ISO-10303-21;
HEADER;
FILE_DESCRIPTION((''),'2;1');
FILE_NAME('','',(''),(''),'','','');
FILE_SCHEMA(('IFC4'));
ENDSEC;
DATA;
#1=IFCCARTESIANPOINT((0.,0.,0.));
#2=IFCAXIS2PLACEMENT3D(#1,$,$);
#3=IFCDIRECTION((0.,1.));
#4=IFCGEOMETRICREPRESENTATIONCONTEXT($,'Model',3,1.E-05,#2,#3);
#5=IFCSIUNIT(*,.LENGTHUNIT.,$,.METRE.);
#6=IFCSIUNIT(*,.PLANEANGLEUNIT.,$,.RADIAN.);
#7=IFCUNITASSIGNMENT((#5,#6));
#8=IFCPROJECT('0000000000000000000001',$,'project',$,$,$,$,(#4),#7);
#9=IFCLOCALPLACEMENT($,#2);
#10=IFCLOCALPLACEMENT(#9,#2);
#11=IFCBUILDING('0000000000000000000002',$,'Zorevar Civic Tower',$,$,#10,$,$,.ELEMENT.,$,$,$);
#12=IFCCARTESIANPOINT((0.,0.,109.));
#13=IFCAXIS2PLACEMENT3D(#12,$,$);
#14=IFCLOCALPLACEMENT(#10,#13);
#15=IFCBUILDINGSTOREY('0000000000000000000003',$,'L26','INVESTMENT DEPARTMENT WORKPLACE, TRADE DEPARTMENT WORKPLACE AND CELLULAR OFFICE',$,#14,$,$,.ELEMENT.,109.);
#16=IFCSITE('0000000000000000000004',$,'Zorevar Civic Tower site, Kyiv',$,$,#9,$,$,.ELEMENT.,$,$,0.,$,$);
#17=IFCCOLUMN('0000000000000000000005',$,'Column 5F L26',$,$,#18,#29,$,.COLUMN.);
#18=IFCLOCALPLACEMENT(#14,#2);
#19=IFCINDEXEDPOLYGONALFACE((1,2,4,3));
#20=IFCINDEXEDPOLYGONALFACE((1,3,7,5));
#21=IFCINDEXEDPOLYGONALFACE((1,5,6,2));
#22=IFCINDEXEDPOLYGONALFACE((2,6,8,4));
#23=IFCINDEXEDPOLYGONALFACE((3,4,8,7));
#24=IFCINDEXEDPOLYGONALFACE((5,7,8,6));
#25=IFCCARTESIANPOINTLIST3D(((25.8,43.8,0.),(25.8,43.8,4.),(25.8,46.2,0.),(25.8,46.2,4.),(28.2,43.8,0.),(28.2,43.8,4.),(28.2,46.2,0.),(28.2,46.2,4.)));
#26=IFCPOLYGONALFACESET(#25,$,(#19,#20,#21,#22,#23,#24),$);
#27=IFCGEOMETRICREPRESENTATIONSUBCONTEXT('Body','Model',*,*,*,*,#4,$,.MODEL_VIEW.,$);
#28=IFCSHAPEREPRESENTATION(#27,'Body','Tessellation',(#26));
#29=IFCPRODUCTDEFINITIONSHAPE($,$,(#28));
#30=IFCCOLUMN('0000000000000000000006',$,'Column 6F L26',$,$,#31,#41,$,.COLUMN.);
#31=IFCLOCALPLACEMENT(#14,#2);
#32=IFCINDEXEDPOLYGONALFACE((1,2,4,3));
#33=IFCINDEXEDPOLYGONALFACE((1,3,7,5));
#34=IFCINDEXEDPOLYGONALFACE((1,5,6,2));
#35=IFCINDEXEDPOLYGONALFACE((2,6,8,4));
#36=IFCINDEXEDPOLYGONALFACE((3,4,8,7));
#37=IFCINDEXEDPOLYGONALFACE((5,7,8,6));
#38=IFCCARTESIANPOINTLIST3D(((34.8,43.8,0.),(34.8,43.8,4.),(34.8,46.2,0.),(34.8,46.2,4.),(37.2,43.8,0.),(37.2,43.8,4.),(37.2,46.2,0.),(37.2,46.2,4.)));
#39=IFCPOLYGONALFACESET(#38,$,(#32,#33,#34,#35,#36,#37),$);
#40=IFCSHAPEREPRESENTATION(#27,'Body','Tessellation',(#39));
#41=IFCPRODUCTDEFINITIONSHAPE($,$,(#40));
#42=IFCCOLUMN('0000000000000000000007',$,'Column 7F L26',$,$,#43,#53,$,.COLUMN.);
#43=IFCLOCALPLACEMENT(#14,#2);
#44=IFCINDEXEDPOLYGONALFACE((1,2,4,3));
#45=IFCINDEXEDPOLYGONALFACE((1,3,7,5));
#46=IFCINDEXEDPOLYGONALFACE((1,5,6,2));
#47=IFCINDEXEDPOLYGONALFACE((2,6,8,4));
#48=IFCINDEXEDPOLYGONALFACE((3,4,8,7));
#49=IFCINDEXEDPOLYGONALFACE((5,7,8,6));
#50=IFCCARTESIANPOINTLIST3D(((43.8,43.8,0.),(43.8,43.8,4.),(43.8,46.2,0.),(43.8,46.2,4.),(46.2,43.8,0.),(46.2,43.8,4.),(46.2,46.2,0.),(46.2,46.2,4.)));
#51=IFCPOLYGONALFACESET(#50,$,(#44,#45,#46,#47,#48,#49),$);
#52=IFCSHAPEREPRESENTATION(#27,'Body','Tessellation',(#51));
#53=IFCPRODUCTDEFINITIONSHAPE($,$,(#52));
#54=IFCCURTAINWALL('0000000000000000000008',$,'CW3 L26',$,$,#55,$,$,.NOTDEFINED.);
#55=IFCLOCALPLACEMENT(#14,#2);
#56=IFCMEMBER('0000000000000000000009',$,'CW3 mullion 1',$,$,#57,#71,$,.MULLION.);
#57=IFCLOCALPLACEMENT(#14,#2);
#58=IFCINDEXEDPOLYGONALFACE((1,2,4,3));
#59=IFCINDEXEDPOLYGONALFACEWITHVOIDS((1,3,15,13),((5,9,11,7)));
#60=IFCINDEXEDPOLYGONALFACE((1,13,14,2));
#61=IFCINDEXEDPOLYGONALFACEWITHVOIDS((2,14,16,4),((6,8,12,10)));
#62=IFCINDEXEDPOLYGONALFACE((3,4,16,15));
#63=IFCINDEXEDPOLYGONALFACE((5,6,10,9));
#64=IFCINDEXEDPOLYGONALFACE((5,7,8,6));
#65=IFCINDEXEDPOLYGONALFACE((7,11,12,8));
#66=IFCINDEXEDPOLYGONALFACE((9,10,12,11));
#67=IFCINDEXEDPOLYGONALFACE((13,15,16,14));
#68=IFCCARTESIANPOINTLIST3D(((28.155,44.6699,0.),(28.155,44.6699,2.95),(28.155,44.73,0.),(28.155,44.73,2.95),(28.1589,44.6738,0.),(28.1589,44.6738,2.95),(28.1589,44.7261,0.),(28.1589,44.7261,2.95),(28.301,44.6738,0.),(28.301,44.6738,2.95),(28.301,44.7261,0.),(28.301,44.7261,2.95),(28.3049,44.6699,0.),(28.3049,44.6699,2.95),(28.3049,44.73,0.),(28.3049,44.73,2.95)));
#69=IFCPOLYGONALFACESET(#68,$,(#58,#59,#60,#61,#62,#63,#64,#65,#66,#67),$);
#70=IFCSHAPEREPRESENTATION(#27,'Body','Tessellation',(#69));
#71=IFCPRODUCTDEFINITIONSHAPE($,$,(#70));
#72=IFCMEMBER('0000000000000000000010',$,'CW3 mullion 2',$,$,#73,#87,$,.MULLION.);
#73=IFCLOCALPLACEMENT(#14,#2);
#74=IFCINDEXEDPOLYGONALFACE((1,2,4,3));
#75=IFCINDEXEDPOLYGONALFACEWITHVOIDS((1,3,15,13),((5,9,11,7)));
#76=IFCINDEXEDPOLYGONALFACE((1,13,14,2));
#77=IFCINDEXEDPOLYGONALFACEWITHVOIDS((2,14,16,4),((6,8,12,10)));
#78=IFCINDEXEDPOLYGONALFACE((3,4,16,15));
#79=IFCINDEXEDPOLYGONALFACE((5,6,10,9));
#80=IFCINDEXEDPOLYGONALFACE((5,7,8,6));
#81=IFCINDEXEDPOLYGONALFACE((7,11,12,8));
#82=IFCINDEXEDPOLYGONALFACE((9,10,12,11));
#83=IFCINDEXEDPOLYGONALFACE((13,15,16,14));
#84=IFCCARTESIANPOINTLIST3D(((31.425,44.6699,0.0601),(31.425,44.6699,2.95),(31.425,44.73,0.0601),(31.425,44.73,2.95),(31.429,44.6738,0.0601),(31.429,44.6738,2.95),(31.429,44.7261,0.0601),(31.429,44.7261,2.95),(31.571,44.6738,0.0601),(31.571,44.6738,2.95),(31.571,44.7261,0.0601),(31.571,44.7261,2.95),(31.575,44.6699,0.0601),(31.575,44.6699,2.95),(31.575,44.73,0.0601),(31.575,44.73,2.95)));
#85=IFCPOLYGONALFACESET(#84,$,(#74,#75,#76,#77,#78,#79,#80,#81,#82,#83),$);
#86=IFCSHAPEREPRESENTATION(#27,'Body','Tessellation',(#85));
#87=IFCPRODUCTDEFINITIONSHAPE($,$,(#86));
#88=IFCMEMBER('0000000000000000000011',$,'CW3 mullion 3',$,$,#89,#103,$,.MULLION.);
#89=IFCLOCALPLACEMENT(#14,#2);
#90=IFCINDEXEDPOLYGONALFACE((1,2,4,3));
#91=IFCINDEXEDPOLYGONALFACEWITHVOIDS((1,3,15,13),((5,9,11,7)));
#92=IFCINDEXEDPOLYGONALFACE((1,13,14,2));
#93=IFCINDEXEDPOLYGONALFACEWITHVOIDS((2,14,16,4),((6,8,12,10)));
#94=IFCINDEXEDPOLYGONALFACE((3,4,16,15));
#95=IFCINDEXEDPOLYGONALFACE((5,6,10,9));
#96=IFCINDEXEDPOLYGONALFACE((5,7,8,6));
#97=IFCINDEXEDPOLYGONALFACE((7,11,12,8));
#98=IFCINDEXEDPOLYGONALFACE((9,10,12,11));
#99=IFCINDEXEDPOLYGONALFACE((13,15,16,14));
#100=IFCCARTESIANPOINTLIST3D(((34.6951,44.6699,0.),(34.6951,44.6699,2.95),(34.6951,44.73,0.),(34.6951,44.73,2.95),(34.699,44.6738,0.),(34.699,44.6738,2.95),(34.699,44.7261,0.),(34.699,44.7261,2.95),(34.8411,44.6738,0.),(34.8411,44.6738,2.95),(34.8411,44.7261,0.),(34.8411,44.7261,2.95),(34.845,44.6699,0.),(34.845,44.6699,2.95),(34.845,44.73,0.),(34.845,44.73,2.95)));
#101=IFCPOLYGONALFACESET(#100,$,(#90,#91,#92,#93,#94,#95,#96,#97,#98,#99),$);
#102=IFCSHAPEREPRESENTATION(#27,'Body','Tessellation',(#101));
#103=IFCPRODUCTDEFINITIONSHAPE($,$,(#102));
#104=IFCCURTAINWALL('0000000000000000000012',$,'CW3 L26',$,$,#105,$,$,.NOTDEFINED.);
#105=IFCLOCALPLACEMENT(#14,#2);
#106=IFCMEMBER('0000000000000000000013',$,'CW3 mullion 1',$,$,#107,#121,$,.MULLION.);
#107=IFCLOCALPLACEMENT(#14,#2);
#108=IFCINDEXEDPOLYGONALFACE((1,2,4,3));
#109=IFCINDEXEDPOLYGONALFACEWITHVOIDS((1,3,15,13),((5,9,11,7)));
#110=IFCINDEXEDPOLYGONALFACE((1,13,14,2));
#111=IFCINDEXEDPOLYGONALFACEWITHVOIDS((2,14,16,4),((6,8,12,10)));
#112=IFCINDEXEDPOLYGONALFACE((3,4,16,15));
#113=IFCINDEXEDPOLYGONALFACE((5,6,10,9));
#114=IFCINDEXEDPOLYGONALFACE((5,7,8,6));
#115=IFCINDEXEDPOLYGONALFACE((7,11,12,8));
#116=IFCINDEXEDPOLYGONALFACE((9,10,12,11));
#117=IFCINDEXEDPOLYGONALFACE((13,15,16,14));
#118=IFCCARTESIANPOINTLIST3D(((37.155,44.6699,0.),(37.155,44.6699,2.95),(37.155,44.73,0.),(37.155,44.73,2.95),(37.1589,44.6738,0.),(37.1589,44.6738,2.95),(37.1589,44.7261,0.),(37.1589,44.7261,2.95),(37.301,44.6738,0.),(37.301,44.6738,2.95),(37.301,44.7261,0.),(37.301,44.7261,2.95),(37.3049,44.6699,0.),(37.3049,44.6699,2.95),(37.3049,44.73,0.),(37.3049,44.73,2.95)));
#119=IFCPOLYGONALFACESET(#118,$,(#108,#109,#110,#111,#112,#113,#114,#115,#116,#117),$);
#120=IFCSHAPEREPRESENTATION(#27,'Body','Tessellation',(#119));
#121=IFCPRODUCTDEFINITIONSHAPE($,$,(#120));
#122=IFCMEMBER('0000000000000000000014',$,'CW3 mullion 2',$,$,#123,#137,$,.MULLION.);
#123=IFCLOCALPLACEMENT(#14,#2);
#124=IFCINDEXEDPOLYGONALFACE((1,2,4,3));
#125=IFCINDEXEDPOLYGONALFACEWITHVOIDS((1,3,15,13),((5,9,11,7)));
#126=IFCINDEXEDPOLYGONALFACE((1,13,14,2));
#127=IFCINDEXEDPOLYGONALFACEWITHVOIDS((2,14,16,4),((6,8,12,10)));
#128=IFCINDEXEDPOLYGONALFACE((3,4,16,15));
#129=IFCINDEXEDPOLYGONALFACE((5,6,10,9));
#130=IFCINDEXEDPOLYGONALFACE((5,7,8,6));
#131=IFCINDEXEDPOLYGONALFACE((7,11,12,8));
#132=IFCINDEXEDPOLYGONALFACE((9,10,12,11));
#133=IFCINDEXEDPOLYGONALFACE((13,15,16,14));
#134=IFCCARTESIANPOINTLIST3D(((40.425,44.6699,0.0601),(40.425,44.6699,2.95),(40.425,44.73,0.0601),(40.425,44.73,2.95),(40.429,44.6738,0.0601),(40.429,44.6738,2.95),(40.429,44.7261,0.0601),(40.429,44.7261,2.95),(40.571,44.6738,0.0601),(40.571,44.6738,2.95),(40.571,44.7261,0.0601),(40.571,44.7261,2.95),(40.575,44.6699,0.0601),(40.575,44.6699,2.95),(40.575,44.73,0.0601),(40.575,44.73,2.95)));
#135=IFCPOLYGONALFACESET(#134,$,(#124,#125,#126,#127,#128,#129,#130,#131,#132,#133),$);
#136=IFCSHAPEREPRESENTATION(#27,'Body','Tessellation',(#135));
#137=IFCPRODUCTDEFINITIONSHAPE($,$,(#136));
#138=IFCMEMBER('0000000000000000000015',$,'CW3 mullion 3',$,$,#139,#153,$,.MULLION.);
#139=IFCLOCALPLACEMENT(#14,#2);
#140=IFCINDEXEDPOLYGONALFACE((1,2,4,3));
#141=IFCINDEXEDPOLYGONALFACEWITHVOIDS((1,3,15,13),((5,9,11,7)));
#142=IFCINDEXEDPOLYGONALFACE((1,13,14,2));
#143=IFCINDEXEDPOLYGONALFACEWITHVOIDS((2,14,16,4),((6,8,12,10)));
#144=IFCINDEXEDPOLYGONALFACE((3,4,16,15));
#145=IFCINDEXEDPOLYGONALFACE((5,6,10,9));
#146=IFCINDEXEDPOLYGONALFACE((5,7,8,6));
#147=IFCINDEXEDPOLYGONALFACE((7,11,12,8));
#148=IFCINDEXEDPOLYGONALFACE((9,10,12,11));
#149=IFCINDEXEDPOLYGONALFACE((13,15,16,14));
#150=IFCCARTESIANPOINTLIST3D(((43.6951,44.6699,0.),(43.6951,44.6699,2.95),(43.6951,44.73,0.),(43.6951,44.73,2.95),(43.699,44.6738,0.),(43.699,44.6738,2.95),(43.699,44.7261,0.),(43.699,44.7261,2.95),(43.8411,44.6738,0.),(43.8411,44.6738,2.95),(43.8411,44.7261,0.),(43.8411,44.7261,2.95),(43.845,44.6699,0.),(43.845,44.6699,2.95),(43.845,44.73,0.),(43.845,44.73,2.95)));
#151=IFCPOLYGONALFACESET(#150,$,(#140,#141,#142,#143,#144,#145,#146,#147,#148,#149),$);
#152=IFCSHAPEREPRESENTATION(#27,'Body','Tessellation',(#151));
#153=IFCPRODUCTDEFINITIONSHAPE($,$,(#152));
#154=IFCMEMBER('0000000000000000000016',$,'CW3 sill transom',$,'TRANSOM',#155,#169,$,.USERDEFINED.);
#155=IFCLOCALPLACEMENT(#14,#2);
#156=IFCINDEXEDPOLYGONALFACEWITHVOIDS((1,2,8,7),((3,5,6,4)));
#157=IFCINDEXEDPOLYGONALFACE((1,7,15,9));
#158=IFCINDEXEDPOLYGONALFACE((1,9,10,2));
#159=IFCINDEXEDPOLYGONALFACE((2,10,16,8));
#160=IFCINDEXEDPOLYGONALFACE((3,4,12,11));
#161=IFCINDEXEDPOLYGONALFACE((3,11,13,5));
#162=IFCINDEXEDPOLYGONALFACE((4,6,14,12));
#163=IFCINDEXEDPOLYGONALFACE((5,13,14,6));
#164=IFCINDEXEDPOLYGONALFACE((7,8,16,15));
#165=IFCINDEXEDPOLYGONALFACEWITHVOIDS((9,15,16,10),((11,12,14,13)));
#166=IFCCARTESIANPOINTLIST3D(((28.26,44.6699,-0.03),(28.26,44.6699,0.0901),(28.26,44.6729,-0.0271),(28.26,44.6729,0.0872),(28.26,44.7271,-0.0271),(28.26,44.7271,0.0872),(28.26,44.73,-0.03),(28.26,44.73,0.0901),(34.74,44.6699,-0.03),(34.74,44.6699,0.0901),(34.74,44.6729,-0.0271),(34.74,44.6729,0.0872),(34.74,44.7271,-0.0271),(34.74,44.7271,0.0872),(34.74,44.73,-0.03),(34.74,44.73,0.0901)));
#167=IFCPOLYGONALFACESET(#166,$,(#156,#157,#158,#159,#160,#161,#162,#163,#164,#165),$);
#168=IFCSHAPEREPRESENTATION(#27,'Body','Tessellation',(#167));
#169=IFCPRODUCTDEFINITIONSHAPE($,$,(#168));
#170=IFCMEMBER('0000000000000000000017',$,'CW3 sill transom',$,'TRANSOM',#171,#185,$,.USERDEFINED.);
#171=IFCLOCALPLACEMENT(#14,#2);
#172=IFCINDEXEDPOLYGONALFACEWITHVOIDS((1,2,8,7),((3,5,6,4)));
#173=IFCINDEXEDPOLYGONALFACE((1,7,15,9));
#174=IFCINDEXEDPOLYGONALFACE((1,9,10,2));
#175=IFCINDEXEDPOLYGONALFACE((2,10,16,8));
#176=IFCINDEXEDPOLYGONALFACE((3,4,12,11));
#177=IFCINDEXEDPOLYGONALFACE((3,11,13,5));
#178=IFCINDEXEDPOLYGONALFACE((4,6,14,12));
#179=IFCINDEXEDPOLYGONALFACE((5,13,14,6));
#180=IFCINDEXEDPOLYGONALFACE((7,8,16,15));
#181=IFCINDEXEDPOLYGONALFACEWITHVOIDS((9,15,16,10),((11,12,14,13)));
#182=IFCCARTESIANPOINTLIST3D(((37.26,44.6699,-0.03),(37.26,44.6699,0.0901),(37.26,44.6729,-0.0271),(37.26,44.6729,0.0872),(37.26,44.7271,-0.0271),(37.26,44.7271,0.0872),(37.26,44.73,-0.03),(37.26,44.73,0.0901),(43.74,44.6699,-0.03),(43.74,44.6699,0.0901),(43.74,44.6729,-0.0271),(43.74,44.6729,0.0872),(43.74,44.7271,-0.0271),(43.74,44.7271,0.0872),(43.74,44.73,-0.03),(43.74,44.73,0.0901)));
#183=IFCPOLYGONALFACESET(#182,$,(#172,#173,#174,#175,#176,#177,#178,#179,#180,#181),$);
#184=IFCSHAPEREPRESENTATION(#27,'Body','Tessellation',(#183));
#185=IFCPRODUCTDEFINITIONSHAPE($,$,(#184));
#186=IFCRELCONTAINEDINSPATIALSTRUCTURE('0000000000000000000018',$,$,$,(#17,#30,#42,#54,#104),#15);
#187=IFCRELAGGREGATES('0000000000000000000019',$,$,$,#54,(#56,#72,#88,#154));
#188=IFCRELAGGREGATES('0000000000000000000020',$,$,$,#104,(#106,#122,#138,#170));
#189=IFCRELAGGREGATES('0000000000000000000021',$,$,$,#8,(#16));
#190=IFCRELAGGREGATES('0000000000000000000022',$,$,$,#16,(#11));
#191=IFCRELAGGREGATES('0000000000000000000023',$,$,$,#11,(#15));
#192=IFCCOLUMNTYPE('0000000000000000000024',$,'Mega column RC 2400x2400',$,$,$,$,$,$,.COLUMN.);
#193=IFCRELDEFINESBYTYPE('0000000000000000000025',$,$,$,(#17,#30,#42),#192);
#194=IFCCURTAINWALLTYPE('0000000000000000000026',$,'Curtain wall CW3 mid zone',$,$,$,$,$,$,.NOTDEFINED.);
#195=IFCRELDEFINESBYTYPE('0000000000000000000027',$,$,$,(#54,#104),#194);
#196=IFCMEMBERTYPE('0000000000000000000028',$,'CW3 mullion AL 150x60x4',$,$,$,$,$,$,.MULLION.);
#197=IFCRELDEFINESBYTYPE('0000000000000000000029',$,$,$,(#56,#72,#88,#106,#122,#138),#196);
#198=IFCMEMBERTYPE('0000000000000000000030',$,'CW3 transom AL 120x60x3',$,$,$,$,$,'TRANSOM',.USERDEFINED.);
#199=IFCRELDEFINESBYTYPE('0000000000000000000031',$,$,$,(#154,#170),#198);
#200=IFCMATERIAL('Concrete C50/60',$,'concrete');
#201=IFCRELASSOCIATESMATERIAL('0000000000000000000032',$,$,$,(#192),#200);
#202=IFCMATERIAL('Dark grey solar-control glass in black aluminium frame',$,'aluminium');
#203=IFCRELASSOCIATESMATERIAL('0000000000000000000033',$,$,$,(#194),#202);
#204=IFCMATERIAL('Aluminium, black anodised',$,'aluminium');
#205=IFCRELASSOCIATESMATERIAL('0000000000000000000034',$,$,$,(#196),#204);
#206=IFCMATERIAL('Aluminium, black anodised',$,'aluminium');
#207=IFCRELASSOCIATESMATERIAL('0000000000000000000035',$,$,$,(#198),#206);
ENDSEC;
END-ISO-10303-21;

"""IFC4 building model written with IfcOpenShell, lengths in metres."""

from ifc_helpers import new_model, si_unit, direction, frame, origin, origin_2d, place, context, subcontext, project, spatial, rectangle, hollow_rectangle, extrude, material, material_profile, profile_set, type_object, element, aggregate, save


model = new_model("IFC4")

# Units and contexts
model_context = context("Model", 3, precision=1e-05, world=origin(), true_north=direction((0.0, 1.0)))
body_context = subcontext(model_context, "Body", "Model", "MODEL_VIEW")
ifc_project = project(units=[si_unit("LENGTHUNIT", "METRE"), si_unit("PLANEANGLEUNIT", "RADIAN")], contexts=[model_context])

# Site, building, storey
site_placement = place(None, origin())
site = spatial("IfcSite", under=ifc_project, at=site_placement, Name="Zorevar Civic Tower site, Kyiv", CompositionType="ELEMENT", RefElevation=0.0)
building_placement = place(site_placement, origin())
building = spatial("IfcBuilding", under=site, at=building_placement, Name="Zorevar Civic Tower", CompositionType="ELEMENT")
storey_placement = place(building_placement, frame((0.0, 0.0, 109.0)))
storey = spatial("IfcBuildingStorey", under=building, at=storey_placement, Name="L26", Description="INVESTMENT DEPARTMENT WORKPLACE, TRADE DEPARTMENT WORKPLACE AND CELLULAR OFFICE", CompositionType="ELEMENT", Elevation=109.0)

# Columns
ifc_material_1 = material(Name="Concrete C50/60", Category="concrete")
ifc_material_profile_1 = material_profile(ifc_material_1, rectangle(XDim=2.3999, YDim=2.3999, at=origin_2d()), Name="RC 2400x2400")
ifc_profile_set_1 = profile_set([ifc_material_profile_1], Name="Concrete C50/60")
column_type = type_object("IfcColumnType", Name="Mega column RC 2400x2400", PredefinedType="COLUMN", material=ifc_profile_set_1)
for number, where, z_axis, x_axis, name in (
    (1, (27.0, 45.0, 0.0), (0.0, 0.0, 1.0), (1.0, 0.0, 0.0), "Column 5F L26"),
    (2, (36.0, 45.0, 0.0), (0.0, 0.0, 1.0), (1.0, 0.0, 0.0), "Column 6F L26"),
    (3, (45.0, 45.0, 0.0), (0.0, 0.0, 1.0), (1.0, 0.0, 0.0), "Column 7F L26"),
):
    element("IfcColumn", number, at=place(storey_placement, frame(where, z_axis=z_axis, x_axis=x_axis)), inside=storey, type_object=column_type, Name=name, PredefinedType="COLUMN", context=body_context, shape_type="SweptSolid", body=[
        extrude(rectangle(XDim=2.3999, YDim=2.3999, at=origin_2d()), origin(), (0.0, 0.0, 1.0), 4.0),
    ])

# Curtain walls, members
ifc_material_2 = material(Name="Dark grey solar-control glass in black aluminium frame", Category="aluminium")
curtain_wall_type = type_object("IfcCurtainWallType", Name="Curtain wall CW3 mid zone", PredefinedType="NOTDEFINED", material=ifc_material_2)
curtain_wall_1_placement = place(storey_placement, origin())
curtain_wall_1 = element("IfcCurtainWall", 4, at=curtain_wall_1_placement, inside=storey, type_object=curtain_wall_type, Name="CW3 L26", PredefinedType="NOTDEFINED")
ifc_material_3 = material(Name="Aluminium, black anodised", Category="aluminium")
ifc_material_profile_2 = material_profile(ifc_material_3, hollow_rectangle(XDim=0.0601, YDim=0.1499, WallThickness=0.0039, at=origin_2d()), Name="AL 150x60x4")
ifc_profile_set_2 = profile_set([ifc_material_profile_2], Name="Aluminium, black anodised")
member_type_1 = type_object("IfcMemberType", Name="CW3 mullion AL 150x60x4", PredefinedType="MULLION", material=ifc_profile_set_2)
member_1_placement = place(storey_placement, frame((28.23, 44.7, 0.0), z_axis=(0.0, 0.0, 1.0), x_axis=(0.0, 1.0, 0.0)))
member_1 = element("IfcMember", 5, at=member_1_placement, type_object=member_type_1, Name="CW3 mullion 1", PredefinedType="MULLION", context=body_context, shape_type="SweptSolid", body=[
    extrude(hollow_rectangle(XDim=0.0601, YDim=0.1499, WallThickness=0.0039, at=origin_2d()), origin(), (0.0, 0.0, 1.0), 2.95),
])
member_2_placement = place(storey_placement, frame((31.5, 44.7, 0.0601), z_axis=(0.0, 0.0, 1.0), x_axis=(0.0, 1.0, 0.0)))
member_2 = element("IfcMember", 6, at=member_2_placement, type_object=member_type_1, Name="CW3 mullion 2", PredefinedType="MULLION", context=body_context, shape_type="SweptSolid", body=[
    extrude(hollow_rectangle(XDim=0.0601, YDim=0.1499, WallThickness=0.0039, at=origin_2d()), origin(), (0.0, 0.0, 1.0), 2.8899),
])
member_3_placement = place(storey_placement, frame((34.77, 44.7, 0.0), z_axis=(0.0, 0.0, 1.0), x_axis=(0.0, 1.0, 0.0)))
member_3 = element("IfcMember", 7, at=member_3_placement, type_object=member_type_1, Name="CW3 mullion 3", PredefinedType="MULLION", context=body_context, shape_type="SweptSolid", body=[
    extrude(hollow_rectangle(XDim=0.0601, YDim=0.1499, WallThickness=0.0039, at=origin_2d()), origin(), (0.0, 0.0, 1.0), 2.95),
])
curtain_wall_2_placement = place(storey_placement, origin())
curtain_wall_2 = element("IfcCurtainWall", 8, at=curtain_wall_2_placement, inside=storey, type_object=curtain_wall_type, Name="CW3 L26", PredefinedType="NOTDEFINED")
member_4_placement = place(storey_placement, frame((37.23, 44.7, 0.0), z_axis=(0.0, 0.0, 1.0), x_axis=(0.0, 1.0, 0.0)))
member_4 = element("IfcMember", 9, at=member_4_placement, type_object=member_type_1, Name="CW3 mullion 1", PredefinedType="MULLION", context=body_context, shape_type="SweptSolid", body=[
    extrude(hollow_rectangle(XDim=0.0601, YDim=0.1499, WallThickness=0.0039, at=origin_2d()), origin(), (0.0, 0.0, 1.0), 2.95),
])
member_5_placement = place(storey_placement, frame((40.5, 44.7, 0.0601), z_axis=(0.0, 0.0, 1.0), x_axis=(0.0, 1.0, 0.0)))
member_5 = element("IfcMember", 10, at=member_5_placement, type_object=member_type_1, Name="CW3 mullion 2", PredefinedType="MULLION", context=body_context, shape_type="SweptSolid", body=[
    extrude(hollow_rectangle(XDim=0.0601, YDim=0.1499, WallThickness=0.0039, at=origin_2d()), origin(), (0.0, 0.0, 1.0), 2.8899),
])
member_6_placement = place(storey_placement, frame((43.77, 44.7, 0.0), z_axis=(0.0, 0.0, 1.0), x_axis=(0.0, 1.0, 0.0)))
member_6 = element("IfcMember", 11, at=member_6_placement, type_object=member_type_1, Name="CW3 mullion 3", PredefinedType="MULLION", context=body_context, shape_type="SweptSolid", body=[
    extrude(hollow_rectangle(XDim=0.0601, YDim=0.1499, WallThickness=0.0039, at=origin_2d()), origin(), (0.0, 0.0, 1.0), 2.95),
])

# Members
ifc_material_4 = material(Name="Aluminium, black anodised", Category="aluminium")
ifc_material_profile_3 = material_profile(ifc_material_4, hollow_rectangle(XDim=0.0601, YDim=0.1201, WallThickness=0.0029, at=origin_2d()), Name="AL 120x60x3")
ifc_profile_set_3 = profile_set([ifc_material_profile_3], Name="Aluminium, black anodised")
member_type_2 = type_object("IfcMemberType", Name="CW3 transom AL 120x60x3", ElementType="TRANSOM", PredefinedType="USERDEFINED", material=ifc_profile_set_3)
member_7_placement = place(storey_placement, frame((28.26, 44.7, 0.03), z_axis=(1.0, 0.0, 0.0), x_axis=(0.0, 1.0, 0.0)))
member_7 = element("IfcMember", 12, at=member_7_placement, type_object=member_type_2, Name="CW3 sill transom", ObjectType="TRANSOM", PredefinedType="USERDEFINED", context=body_context, shape_type="SweptSolid", body=[
    extrude(hollow_rectangle(XDim=0.0601, YDim=0.1201, WallThickness=0.0029, at=origin_2d()), origin(), (0.0, 0.0, 1.0), 6.48),
])
member_8_placement = place(storey_placement, frame((37.26, 44.7, 0.03), z_axis=(1.0, 0.0, 0.0), x_axis=(0.0, 1.0, 0.0)))
member_8 = element("IfcMember", 13, at=member_8_placement, type_object=member_type_2, Name="CW3 sill transom", ObjectType="TRANSOM", PredefinedType="USERDEFINED", context=body_context, shape_type="SweptSolid", body=[
    extrude(hollow_rectangle(XDim=0.0601, YDim=0.1201, WallThickness=0.0029, at=origin_2d()), origin(), (0.0, 0.0, 1.0), 6.48),
])

aggregate(curtain_wall_1, [member_1, member_2, member_3, member_7])
aggregate(curtain_wall_2, [member_4, member_5, member_6, member_8])

save(model, "model.ifc")
